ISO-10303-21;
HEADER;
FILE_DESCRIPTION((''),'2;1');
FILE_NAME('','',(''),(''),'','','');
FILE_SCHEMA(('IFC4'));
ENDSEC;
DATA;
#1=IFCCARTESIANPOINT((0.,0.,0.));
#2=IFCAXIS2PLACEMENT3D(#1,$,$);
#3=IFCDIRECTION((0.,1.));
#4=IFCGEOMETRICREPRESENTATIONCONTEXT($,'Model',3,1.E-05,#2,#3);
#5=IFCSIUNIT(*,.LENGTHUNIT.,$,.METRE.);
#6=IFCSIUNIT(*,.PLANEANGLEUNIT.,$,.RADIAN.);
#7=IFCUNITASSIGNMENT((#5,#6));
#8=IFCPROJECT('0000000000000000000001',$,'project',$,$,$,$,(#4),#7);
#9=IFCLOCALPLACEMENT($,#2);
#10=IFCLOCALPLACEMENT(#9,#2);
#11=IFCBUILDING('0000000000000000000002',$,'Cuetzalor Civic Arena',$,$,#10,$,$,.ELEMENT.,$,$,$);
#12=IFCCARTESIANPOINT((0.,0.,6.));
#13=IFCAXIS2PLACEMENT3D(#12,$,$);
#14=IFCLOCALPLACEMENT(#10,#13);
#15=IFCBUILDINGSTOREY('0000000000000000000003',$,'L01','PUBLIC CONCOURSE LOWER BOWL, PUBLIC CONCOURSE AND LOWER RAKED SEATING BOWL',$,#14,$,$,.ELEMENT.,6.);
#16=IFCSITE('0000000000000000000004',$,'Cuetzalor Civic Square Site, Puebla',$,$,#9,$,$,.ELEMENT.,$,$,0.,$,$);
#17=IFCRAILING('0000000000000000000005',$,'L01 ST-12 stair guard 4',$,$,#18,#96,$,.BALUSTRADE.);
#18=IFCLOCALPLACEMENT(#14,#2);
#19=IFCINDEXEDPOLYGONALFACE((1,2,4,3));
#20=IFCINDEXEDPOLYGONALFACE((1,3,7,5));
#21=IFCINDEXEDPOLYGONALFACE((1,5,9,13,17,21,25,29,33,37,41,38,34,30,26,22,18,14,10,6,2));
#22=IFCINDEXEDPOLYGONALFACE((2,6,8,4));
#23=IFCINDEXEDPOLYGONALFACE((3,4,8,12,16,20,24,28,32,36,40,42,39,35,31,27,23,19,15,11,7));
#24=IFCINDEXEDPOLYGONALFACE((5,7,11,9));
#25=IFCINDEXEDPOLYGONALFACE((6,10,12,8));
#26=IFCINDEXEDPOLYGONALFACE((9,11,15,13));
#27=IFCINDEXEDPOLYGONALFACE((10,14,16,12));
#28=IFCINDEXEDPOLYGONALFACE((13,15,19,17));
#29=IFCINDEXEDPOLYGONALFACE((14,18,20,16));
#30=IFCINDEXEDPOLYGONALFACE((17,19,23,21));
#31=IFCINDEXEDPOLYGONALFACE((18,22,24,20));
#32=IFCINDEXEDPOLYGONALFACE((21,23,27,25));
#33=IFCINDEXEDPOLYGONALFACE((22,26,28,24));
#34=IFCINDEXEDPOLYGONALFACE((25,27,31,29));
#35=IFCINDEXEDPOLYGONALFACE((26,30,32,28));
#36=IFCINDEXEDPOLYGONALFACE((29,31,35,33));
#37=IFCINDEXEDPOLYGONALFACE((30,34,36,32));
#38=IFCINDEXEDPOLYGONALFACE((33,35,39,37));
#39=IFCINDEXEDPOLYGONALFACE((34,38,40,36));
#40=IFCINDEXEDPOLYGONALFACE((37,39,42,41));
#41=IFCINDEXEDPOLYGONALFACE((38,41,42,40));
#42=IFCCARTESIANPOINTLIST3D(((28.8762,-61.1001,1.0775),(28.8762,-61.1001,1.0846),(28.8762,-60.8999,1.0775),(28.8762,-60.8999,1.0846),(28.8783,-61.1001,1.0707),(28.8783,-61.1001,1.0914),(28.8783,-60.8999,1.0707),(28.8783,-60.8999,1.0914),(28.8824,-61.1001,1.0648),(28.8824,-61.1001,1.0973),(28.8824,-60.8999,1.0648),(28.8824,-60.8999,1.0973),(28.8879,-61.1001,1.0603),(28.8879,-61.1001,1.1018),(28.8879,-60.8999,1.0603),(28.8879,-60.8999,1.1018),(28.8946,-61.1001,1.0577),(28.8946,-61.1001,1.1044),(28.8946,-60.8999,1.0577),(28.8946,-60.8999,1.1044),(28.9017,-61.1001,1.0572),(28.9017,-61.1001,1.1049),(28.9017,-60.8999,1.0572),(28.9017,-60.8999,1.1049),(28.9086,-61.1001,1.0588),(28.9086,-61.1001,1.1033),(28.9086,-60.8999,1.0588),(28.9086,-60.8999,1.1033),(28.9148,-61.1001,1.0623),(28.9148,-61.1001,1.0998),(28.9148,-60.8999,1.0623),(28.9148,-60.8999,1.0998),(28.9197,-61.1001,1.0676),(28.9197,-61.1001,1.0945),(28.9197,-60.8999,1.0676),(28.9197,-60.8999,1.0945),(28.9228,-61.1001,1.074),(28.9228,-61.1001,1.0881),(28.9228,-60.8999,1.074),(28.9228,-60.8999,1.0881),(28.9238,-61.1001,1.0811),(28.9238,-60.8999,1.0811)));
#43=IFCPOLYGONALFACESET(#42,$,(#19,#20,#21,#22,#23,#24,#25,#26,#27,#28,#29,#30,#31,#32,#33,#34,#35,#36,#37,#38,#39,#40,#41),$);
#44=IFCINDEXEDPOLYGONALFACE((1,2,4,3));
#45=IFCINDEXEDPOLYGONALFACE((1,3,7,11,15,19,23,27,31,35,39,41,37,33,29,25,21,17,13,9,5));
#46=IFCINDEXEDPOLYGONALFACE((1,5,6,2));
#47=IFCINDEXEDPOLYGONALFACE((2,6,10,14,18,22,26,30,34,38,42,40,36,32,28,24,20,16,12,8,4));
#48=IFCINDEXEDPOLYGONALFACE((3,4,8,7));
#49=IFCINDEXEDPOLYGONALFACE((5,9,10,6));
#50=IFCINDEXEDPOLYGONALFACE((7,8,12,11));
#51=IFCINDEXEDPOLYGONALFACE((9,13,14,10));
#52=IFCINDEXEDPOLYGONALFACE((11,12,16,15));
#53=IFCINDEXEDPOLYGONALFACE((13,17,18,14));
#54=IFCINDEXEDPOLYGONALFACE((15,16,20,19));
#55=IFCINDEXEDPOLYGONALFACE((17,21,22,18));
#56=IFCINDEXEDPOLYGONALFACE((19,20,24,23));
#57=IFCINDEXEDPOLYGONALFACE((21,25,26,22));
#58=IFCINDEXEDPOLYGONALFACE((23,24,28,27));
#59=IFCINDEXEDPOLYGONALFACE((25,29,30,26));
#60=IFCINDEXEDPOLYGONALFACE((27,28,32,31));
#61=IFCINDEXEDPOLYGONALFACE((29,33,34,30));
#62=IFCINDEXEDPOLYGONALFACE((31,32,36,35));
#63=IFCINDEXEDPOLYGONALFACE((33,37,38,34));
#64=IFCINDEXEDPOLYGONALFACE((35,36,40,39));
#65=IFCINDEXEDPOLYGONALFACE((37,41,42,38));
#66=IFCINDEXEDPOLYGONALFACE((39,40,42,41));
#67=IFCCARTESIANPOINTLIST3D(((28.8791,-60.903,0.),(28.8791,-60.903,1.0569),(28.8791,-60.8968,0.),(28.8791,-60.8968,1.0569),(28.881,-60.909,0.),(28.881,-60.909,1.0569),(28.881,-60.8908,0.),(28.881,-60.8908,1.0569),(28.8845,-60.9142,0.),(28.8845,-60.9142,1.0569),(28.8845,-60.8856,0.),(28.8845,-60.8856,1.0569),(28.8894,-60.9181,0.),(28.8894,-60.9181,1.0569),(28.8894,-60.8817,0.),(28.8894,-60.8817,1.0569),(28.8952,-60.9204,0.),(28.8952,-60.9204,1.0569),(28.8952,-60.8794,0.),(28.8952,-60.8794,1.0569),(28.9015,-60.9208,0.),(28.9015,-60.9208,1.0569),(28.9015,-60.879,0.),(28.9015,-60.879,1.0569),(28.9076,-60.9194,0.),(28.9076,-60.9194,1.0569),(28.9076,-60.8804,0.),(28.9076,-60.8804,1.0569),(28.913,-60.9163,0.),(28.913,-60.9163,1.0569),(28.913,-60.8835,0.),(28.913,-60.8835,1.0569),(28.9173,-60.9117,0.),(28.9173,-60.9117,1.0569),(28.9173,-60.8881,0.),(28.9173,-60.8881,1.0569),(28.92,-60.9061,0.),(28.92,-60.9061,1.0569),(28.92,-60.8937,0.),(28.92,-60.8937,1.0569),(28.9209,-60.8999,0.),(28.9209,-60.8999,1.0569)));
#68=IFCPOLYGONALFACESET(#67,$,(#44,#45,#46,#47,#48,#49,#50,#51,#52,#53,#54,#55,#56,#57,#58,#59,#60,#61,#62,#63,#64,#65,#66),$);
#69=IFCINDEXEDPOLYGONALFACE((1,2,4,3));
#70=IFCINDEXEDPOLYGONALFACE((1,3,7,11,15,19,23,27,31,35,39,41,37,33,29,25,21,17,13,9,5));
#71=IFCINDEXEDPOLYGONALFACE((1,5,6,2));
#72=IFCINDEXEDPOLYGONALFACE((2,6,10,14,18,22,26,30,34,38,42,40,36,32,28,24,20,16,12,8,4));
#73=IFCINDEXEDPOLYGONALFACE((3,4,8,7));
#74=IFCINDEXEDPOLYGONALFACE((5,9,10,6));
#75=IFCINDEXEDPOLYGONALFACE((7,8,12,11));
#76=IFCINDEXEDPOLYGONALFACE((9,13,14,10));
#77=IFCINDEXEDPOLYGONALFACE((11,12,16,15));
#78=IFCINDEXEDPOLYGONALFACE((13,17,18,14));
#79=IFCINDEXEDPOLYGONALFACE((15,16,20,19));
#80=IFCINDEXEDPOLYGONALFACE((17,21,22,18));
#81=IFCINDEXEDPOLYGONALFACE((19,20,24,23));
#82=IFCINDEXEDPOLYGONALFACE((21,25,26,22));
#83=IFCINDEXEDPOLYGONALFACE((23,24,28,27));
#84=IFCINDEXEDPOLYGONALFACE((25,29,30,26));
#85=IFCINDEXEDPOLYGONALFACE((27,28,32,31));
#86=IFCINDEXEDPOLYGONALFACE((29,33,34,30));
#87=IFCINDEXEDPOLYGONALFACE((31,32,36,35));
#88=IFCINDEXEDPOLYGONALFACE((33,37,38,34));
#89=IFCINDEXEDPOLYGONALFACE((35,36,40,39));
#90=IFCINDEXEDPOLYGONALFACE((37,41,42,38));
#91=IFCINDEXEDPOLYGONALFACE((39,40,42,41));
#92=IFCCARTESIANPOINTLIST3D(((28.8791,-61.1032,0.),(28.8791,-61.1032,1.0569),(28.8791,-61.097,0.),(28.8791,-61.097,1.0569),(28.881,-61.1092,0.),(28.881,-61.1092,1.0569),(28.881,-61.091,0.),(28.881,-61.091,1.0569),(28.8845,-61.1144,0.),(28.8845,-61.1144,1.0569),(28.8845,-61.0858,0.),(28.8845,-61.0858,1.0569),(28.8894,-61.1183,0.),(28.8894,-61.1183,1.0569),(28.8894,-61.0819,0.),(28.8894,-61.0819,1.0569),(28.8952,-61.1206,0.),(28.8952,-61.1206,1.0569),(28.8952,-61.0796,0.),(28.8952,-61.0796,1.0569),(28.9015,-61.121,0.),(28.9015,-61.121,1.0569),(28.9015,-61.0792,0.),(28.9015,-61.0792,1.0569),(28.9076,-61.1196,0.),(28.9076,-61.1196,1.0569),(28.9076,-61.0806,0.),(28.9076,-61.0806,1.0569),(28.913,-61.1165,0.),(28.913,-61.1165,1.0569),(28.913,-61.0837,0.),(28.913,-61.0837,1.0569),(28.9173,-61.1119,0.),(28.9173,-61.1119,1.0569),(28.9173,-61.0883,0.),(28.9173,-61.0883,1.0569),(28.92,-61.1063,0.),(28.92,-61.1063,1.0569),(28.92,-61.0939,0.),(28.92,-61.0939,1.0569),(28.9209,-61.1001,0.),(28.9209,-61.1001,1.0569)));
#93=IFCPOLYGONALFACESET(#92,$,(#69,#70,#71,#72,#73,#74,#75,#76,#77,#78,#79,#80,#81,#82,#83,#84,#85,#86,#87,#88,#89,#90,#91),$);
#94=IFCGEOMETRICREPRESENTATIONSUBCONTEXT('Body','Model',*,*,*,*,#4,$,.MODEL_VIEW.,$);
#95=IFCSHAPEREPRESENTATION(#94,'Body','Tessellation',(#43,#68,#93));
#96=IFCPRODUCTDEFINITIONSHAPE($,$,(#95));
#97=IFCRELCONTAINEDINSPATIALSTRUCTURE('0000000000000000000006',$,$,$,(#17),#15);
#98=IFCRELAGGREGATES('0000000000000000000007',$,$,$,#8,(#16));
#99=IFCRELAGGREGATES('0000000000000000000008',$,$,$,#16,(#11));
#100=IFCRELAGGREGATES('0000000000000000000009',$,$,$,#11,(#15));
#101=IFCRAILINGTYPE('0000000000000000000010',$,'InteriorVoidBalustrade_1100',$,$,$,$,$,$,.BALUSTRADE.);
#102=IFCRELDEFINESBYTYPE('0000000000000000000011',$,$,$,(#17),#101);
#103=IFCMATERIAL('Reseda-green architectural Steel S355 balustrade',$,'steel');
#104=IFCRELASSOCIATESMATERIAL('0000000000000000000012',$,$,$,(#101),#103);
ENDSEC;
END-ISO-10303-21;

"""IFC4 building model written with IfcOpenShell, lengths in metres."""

from ifc_helpers import new_model, si_unit, direction, frame, origin, origin_2d, place, context, subcontext, project, spatial, circle, extrude, material, type_object, element, save


model = new_model("IFC4")

# Units and contexts
model_context = context("Model", 3, precision=1e-05, world=origin(), true_north=direction((0.0, 1.0)))
body_context = subcontext(model_context, "Body", "Model", "MODEL_VIEW")
ifc_project = project(units=[si_unit("LENGTHUNIT", "METRE"), si_unit("PLANEANGLEUNIT", "RADIAN")], contexts=[model_context])

# Site, building, storey
site_placement = place(None, origin())
site = spatial("IfcSite", under=ifc_project, at=site_placement, Name="Cuetzalor Civic Square Site, Puebla", CompositionType="ELEMENT", RefElevation=0.0)
building_placement = place(site_placement, origin())
building = spatial("IfcBuilding", under=site, at=building_placement, Name="Cuetzalor Civic Arena", CompositionType="ELEMENT")
storey_placement = place(building_placement, frame((0.0, 0.0, 6.0)))
storey = spatial("IfcBuildingStorey", under=building, at=storey_placement, Name="L01", Description="PUBLIC CONCOURSE LOWER BOWL, PUBLIC CONCOURSE AND LOWER RAKED SEATING BOWL", CompositionType="ELEMENT", Elevation=6.0)

# Railing
ifc_material_1 = material(Name="Reseda-green architectural Steel S355 balustrade", Category="steel")
railing_type_1 = type_object("IfcRailingType", Name="InteriorVoidBalustrade_1100", PredefinedType="BALUSTRADE", material=ifc_material_1)
railing_1_placement = place(storey_placement, frame((28.8999, -60.8999, 0.0)))
element("IfcRailing", 1, at=railing_1_placement, inside=storey, type_object=railing_type_1, Name="L01 ST-12 stair guard 4", PredefinedType="BALUSTRADE", context=body_context, shape_type="SweptSolid", body=[
    extrude(circle(Radius=0.0239, at=origin_2d()), frame((0.0, 0.0, 1.0811), z_axis=(0.0, -1.0, 0.0), x_axis=(1.0, 0.0, 0.0)), (0.0, 0.0, 1.0), 0.2002),
    extrude(circle(Radius=0.021, at=origin_2d()), origin(), (0.0, 0.0, 1.0), 1.0569),
    extrude(circle(Radius=0.021, at=origin_2d()), frame((0.0, -0.2002, 0.0)), (0.0, 0.0, 1.0), 1.0569),
])

save(model, "model.ifc")
